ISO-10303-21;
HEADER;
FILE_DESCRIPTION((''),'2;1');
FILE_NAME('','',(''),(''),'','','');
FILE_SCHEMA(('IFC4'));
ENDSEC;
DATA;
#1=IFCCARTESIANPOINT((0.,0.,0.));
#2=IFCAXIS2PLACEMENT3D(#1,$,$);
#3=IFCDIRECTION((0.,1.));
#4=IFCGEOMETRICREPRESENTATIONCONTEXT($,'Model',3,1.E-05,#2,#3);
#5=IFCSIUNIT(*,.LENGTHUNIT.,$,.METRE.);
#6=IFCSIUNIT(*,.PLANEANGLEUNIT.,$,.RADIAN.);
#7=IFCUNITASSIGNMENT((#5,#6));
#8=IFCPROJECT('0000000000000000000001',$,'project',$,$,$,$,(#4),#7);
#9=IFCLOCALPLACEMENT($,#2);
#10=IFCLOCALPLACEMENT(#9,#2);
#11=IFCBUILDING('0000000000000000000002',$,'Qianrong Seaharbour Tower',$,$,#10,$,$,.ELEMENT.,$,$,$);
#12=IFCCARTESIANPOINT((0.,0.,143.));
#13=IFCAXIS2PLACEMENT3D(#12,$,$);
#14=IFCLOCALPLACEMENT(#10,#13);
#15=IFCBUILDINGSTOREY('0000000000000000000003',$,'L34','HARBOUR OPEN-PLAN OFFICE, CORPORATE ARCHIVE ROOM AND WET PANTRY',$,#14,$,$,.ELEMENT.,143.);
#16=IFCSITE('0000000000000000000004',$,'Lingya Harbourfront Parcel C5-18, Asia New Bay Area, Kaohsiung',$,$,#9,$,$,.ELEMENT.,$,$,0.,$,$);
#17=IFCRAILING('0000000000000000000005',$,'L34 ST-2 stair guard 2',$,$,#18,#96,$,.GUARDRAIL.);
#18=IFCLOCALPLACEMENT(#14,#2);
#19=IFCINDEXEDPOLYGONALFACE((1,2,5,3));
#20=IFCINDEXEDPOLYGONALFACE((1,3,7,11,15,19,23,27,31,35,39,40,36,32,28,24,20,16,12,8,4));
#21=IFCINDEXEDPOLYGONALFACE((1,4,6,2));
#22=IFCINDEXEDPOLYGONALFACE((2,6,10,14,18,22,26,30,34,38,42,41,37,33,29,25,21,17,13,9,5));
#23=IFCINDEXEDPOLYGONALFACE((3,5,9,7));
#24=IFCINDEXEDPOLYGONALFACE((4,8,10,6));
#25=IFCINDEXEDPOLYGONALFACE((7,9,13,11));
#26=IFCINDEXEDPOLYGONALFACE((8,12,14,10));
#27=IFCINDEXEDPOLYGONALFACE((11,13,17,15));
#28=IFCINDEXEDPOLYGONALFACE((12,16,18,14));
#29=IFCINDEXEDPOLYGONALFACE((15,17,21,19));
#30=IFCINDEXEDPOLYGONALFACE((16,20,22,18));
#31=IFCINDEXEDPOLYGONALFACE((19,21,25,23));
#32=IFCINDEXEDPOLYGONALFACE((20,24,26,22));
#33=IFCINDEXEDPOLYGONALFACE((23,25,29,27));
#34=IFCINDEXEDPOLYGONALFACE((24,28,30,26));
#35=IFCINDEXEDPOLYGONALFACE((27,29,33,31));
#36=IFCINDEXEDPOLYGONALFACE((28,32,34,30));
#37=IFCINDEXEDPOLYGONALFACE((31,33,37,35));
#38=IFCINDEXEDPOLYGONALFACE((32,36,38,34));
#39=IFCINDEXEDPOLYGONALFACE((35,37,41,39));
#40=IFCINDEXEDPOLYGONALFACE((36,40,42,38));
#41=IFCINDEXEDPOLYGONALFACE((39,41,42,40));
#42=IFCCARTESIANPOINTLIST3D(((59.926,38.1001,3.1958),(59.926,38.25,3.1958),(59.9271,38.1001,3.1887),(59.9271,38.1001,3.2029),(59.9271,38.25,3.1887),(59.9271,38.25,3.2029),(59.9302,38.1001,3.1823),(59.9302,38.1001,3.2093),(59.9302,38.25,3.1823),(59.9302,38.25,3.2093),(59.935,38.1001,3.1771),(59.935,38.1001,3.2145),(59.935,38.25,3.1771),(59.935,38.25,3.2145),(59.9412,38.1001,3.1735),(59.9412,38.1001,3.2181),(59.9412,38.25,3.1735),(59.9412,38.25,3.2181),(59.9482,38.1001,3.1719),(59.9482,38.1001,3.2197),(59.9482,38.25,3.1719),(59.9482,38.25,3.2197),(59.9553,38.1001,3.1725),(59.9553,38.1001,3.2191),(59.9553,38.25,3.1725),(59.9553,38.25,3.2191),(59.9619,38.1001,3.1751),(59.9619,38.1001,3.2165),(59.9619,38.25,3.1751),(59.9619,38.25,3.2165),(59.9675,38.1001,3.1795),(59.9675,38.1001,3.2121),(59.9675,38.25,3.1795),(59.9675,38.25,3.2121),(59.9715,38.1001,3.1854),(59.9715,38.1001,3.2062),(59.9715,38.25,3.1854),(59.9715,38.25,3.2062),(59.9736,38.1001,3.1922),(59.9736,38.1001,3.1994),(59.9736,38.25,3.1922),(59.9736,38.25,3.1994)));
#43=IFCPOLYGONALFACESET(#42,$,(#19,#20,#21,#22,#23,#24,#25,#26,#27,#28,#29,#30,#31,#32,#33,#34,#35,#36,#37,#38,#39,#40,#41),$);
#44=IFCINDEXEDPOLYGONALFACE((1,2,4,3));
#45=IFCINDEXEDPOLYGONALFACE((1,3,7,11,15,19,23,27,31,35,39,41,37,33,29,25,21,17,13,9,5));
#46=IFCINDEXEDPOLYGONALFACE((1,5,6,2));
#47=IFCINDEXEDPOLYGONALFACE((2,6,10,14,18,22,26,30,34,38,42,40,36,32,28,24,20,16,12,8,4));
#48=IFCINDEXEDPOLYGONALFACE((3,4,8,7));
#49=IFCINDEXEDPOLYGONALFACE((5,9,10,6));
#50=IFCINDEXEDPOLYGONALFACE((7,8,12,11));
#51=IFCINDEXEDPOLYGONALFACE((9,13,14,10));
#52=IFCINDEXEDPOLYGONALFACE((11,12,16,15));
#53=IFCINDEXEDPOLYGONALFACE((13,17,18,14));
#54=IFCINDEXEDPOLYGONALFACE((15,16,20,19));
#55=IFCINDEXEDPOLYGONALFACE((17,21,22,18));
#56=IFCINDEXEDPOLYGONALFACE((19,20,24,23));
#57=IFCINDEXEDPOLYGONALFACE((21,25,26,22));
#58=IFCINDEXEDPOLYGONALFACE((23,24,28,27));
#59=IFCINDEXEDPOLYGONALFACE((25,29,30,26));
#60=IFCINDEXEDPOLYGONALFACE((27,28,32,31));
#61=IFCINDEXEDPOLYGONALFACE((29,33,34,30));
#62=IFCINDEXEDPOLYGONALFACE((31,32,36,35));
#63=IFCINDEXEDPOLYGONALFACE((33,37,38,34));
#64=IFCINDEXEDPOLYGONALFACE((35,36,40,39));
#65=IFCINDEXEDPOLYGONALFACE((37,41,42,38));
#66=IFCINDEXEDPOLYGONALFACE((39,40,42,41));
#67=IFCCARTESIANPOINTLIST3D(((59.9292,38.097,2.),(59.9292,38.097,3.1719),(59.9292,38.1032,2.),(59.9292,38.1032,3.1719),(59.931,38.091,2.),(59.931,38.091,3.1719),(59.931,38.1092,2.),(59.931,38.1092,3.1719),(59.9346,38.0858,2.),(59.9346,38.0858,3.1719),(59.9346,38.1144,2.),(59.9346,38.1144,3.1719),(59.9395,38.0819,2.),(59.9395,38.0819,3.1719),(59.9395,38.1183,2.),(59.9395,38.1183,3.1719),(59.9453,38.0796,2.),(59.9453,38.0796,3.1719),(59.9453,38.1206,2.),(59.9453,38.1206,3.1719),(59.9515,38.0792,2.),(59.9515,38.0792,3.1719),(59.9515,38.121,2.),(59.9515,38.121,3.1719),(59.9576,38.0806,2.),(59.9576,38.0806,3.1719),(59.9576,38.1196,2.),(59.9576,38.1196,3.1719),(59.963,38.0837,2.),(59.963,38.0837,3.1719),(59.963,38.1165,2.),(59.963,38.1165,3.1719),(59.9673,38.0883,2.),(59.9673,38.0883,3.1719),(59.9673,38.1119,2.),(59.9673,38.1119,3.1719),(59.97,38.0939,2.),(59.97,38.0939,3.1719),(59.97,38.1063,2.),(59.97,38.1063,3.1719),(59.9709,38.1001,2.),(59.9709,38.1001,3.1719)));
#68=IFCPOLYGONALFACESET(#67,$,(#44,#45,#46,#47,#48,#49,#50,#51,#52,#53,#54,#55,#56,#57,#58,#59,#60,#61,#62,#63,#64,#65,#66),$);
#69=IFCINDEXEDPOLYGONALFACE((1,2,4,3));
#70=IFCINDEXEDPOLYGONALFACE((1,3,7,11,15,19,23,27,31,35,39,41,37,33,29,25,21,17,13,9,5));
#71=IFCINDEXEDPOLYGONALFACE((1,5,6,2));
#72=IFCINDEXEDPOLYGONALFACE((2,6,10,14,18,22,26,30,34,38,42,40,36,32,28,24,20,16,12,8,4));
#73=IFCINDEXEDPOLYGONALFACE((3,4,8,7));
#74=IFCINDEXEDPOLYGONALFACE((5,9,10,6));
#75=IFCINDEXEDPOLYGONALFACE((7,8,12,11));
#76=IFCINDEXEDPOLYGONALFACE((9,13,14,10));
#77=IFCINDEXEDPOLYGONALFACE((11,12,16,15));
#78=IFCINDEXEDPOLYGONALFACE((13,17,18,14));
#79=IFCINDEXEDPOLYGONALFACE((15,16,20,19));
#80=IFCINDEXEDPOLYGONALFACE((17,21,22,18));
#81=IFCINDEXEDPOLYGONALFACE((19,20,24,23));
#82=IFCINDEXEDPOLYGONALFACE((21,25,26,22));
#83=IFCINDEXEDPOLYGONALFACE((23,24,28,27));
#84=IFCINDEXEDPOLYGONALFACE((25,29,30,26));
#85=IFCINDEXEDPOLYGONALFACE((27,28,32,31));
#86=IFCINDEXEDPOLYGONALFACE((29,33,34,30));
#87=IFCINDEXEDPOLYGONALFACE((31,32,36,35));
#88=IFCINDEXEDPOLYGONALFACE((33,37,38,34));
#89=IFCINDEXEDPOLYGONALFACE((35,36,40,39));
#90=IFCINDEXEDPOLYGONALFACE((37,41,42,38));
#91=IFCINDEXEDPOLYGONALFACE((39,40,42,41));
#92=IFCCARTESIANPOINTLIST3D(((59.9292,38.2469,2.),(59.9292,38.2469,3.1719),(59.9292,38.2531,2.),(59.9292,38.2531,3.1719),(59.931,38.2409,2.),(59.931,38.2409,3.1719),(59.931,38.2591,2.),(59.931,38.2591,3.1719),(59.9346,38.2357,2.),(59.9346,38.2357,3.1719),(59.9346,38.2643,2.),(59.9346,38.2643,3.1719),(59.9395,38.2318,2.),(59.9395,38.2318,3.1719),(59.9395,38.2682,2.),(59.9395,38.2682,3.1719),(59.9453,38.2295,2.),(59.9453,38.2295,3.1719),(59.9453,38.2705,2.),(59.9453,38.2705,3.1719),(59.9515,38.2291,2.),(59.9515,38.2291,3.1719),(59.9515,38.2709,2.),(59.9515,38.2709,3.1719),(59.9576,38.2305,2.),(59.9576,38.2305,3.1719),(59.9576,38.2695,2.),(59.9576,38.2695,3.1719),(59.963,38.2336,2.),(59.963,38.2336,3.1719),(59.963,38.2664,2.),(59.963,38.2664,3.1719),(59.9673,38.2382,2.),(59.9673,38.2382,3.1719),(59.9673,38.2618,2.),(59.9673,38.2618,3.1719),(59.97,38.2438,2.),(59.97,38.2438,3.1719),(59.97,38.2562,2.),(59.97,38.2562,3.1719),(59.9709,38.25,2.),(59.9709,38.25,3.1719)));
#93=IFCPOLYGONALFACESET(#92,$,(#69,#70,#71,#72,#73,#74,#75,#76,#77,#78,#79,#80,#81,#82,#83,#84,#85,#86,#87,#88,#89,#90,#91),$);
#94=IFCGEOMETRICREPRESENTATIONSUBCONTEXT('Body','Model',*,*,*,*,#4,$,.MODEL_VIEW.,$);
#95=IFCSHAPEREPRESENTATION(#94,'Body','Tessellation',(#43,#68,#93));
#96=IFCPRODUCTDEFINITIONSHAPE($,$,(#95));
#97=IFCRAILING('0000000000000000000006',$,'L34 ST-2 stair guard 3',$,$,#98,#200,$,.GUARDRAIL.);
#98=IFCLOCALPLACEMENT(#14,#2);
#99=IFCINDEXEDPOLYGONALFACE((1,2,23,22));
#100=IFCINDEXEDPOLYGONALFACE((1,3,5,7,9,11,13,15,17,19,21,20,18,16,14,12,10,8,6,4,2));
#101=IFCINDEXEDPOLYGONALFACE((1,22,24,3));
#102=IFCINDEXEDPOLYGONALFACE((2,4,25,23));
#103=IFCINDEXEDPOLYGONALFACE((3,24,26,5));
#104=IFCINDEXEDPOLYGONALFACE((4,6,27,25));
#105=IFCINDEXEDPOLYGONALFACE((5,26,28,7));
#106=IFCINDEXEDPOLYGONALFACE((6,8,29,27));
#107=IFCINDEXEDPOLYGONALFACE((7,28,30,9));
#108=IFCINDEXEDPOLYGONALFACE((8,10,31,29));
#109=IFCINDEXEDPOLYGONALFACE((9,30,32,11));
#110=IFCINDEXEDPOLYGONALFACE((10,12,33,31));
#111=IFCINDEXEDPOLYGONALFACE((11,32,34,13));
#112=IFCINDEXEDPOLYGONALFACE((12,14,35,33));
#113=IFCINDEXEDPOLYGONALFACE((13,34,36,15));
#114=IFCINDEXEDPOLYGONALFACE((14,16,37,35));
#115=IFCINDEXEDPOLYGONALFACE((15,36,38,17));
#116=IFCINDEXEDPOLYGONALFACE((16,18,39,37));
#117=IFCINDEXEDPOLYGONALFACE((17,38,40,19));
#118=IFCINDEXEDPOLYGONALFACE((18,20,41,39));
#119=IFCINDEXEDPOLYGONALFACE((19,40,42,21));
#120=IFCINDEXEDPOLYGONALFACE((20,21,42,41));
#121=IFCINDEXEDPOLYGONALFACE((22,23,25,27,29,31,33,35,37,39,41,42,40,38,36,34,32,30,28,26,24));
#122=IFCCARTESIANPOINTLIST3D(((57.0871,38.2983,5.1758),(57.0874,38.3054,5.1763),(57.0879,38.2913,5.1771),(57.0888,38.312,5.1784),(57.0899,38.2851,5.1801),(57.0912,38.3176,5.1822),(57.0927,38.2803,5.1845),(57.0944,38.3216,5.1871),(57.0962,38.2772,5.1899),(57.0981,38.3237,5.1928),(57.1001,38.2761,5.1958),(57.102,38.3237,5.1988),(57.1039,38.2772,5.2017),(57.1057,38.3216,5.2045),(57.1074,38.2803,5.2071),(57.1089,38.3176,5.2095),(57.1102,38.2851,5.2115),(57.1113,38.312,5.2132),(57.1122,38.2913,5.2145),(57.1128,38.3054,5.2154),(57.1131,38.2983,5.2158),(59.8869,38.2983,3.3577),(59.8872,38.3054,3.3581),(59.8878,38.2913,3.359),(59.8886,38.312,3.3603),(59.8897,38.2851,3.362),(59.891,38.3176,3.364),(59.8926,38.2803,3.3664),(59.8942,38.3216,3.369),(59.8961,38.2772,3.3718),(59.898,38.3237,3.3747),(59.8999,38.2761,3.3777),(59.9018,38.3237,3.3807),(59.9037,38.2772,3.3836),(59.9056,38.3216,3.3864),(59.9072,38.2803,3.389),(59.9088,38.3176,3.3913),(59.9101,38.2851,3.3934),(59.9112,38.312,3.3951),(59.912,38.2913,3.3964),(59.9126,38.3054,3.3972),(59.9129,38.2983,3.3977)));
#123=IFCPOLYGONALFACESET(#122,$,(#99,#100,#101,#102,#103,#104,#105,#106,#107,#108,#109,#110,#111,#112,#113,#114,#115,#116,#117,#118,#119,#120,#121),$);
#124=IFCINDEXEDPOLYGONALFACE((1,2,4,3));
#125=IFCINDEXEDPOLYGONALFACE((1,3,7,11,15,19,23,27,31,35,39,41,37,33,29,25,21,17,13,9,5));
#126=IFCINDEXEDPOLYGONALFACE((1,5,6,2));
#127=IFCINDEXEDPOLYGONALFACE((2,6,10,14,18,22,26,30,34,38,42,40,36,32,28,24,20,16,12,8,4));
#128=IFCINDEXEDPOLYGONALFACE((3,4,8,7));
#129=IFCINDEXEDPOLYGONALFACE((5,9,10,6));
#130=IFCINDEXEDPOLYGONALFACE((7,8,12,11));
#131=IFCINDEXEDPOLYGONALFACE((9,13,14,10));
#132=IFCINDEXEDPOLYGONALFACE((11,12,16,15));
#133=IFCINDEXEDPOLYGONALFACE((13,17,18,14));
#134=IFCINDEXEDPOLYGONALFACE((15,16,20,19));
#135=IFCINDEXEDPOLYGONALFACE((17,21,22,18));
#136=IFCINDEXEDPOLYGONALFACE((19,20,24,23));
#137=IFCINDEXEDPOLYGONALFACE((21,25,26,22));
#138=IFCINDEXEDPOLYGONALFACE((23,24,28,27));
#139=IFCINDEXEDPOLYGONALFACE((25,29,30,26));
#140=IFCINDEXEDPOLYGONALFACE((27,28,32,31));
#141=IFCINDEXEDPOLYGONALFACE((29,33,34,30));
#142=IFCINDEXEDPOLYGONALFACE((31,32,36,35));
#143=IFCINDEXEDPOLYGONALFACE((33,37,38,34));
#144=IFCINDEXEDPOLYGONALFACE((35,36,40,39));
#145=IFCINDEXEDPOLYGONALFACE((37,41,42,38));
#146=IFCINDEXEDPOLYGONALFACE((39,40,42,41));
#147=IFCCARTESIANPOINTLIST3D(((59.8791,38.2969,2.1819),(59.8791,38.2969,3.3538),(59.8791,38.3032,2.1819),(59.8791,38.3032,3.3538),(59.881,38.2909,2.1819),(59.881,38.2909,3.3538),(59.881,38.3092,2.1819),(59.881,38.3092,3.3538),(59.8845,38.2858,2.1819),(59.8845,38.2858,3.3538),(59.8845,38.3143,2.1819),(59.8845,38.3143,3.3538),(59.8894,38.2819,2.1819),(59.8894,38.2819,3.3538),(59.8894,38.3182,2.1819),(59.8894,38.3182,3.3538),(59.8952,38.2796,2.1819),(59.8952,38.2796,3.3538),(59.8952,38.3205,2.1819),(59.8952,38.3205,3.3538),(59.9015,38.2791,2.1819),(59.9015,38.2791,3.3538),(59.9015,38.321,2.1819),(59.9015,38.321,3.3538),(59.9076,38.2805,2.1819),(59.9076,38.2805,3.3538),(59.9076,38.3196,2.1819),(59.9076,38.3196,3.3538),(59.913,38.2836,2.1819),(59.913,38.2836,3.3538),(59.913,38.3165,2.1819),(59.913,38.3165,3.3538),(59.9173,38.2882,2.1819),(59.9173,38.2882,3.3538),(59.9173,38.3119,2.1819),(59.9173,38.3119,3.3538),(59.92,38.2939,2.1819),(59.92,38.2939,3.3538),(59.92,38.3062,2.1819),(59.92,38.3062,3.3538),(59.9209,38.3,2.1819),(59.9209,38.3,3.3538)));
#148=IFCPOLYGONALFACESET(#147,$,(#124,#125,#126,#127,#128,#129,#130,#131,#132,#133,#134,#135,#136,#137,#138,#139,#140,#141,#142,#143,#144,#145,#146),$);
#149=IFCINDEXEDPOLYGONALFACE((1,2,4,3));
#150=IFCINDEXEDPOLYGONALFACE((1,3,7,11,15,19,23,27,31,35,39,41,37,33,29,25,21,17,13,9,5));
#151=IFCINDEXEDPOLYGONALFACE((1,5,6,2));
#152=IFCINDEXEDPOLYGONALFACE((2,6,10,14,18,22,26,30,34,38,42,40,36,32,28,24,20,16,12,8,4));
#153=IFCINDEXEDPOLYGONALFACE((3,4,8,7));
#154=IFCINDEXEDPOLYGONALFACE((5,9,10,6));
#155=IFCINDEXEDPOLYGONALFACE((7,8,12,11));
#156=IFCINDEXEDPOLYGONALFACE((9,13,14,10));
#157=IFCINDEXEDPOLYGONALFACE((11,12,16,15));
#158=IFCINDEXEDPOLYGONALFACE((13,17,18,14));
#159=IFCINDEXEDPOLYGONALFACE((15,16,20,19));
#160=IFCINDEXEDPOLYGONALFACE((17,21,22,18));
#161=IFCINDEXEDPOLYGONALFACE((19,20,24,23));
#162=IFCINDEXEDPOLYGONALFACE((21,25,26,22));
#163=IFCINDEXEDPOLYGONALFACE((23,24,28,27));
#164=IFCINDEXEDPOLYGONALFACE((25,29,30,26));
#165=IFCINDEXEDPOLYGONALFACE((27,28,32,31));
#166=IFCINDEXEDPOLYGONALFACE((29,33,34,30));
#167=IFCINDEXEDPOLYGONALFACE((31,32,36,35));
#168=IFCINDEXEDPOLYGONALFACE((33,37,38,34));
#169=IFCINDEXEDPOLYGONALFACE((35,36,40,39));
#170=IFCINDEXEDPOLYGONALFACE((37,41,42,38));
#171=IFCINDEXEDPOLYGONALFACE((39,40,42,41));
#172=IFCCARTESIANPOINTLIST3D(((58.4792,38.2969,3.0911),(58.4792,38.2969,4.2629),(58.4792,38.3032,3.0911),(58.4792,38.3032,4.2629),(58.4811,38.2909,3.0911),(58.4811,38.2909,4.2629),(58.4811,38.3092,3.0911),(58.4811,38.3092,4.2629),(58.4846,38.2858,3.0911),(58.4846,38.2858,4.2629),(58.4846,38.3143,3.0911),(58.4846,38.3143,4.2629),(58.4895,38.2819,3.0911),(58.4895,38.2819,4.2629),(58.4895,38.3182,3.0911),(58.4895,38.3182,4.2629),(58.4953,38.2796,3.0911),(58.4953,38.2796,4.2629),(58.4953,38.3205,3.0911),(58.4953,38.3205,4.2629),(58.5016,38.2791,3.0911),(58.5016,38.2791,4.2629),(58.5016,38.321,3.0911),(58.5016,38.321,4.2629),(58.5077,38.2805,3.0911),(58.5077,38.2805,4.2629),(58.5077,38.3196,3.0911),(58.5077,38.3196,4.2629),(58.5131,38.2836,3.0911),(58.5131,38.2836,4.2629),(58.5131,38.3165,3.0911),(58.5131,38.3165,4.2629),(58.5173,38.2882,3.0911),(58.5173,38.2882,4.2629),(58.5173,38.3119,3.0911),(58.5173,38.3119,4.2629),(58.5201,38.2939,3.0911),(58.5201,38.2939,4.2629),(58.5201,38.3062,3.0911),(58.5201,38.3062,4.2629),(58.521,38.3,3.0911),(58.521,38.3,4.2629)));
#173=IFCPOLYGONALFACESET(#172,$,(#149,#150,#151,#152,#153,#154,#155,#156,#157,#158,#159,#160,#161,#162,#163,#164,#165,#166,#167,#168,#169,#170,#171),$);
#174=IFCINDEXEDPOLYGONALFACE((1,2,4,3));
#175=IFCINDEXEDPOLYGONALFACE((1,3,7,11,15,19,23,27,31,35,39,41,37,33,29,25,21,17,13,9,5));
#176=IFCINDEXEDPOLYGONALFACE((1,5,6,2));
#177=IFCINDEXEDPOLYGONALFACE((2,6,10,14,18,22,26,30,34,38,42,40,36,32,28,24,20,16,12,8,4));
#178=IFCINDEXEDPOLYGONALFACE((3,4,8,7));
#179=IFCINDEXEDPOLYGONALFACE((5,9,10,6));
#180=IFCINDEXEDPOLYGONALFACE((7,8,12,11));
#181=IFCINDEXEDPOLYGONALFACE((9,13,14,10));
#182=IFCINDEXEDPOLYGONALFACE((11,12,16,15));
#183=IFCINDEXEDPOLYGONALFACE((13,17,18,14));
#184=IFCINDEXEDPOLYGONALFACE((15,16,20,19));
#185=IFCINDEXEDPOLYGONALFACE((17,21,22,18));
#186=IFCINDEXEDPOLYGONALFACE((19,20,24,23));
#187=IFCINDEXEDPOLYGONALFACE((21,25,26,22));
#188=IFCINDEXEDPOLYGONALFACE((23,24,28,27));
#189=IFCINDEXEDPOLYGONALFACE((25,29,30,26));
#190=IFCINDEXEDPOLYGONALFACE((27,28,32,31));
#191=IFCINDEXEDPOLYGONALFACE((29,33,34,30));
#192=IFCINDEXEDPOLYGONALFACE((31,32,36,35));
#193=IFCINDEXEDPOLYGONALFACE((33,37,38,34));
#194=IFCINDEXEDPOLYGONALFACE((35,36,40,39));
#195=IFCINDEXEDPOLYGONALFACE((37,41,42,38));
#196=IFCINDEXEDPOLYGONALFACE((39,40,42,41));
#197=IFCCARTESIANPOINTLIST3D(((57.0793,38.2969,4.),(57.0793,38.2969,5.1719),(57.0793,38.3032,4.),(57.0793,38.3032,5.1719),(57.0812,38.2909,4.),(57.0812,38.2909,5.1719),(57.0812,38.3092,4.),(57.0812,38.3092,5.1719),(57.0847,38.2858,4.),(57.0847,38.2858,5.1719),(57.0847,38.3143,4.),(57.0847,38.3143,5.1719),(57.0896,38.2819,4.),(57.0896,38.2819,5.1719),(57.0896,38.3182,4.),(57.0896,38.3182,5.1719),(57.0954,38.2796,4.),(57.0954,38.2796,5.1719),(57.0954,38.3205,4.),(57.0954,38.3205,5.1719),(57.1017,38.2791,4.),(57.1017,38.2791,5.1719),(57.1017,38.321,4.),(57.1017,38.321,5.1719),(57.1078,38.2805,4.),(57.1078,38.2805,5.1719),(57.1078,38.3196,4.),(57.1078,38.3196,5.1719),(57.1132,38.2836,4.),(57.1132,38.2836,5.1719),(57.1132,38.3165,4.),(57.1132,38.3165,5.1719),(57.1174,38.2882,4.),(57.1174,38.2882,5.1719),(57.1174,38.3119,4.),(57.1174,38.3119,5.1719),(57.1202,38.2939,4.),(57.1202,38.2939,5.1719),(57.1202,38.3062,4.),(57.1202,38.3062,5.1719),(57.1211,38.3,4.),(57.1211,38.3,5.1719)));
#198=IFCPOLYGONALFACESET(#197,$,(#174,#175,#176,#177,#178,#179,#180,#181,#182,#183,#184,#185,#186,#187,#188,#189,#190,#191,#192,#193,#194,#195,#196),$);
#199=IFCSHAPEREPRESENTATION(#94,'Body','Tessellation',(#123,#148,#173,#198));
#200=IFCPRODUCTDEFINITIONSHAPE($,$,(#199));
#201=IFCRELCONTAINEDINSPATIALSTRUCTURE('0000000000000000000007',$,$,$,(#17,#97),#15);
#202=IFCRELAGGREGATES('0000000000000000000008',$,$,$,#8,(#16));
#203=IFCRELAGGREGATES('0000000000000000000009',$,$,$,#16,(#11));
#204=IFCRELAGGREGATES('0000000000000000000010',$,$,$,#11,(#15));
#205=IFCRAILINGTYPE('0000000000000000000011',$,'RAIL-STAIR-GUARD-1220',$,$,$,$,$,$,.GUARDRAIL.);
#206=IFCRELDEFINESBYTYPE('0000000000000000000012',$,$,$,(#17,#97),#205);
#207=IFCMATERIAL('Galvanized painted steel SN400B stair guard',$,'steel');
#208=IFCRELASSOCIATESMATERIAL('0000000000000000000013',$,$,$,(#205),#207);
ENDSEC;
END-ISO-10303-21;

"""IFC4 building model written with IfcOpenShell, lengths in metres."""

from ifc_helpers import new_model, si_unit, direction, frame, origin, origin_2d, place, context, subcontext, project, spatial, circle, extrude, material, type_object, element, save


model = new_model("IFC4")

# Units and contexts
model_context = context("Model", 3, precision=1e-05, world=origin(), true_north=direction((0.0, 1.0)))
body_context = subcontext(model_context, "Body", "Model", "MODEL_VIEW")
ifc_project = project(units=[si_unit("LENGTHUNIT", "METRE"), si_unit("PLANEANGLEUNIT", "RADIAN")], contexts=[model_context])

# Site, building, storey
site_placement = place(None, origin())
site = spatial("IfcSite", under=ifc_project, at=site_placement, Name="Lingya Harbourfront Parcel C5-18, Asia New Bay Area, Kaohsiung", CompositionType="ELEMENT", RefElevation=0.0)
building_placement = place(site_placement, origin())
building = spatial("IfcBuilding", under=site, at=building_placement, Name="Qianrong Seaharbour Tower", CompositionType="ELEMENT")
storey_placement = place(building_placement, frame((0.0, 0.0, 143.0)))
storey = spatial("IfcBuildingStorey", under=building, at=storey_placement, Name="L34", Description="HARBOUR OPEN-PLAN OFFICE, CORPORATE ARCHIVE ROOM AND WET PANTRY", CompositionType="ELEMENT", Elevation=143.0)

# Railings
ifc_material_1 = material(Name="Galvanized painted steel SN400B stair guard", Category="steel")
railing_type_1 = type_object("IfcRailingType", Name="RAIL-STAIR-GUARD-1220", PredefinedType="GUARDRAIL", material=ifc_material_1)
railing_1_placement = place(storey_placement, frame((59.95, 38.1001, 2.0)))
element("IfcRailing", 1, at=railing_1_placement, inside=storey, type_object=railing_type_1, Name="L34 ST-2 stair guard 2", PredefinedType="GUARDRAIL", context=body_context, shape_type="SweptSolid", body=[
    extrude(circle(Radius=0.0239, at=origin_2d()), frame((0.0, 0.0, 1.1958), z_axis=(0.0, 1.0, 0.0), x_axis=(-1.0, 0.0, 0.0)), (0.0, 0.0, 1.0), 0.1499),
    extrude(circle(Radius=0.021, at=origin_2d()), origin(), (0.0, 0.0, 1.0), 1.1719),
    extrude(circle(Radius=0.021, at=origin_2d()), frame((0.0, 0.1499, 0.0)), (0.0, 0.0, 1.0), 1.1719),
])
railing_2_placement = place(storey_placement, frame((59.8999, 38.3, 2.1819)))
element("IfcRailing", 2, at=railing_2_placement, inside=storey, type_object=railing_type_1, Name="L34 ST-2 stair guard 3", PredefinedType="GUARDRAIL", context=body_context, shape_type="SweptSolid", body=[
    extrude(circle(Radius=0.0239, at=origin_2d()), frame((0.0, 0.0, 1.1958), z_axis=(-0.838684, 0.0, 0.544618), x_axis=(0.0, -1.0, 0.0)), (0.0, 0.0, 1.0), 3.3384),
    extrude(circle(Radius=0.021, at=origin_2d()), origin(), (0.0, 0.0, 1.0), 1.1719),
    extrude(circle(Radius=0.021, at=origin_2d()), frame((-1.3999, 0.0, 0.9092)), (0.0, 0.0, 1.0), 1.1719),
    extrude(circle(Radius=0.021, at=origin_2d()), frame((-2.7998, 0.0, 1.8181)), (0.0, 0.0, 1.0), 1.1719),
])

save(model, "model.ifc")
